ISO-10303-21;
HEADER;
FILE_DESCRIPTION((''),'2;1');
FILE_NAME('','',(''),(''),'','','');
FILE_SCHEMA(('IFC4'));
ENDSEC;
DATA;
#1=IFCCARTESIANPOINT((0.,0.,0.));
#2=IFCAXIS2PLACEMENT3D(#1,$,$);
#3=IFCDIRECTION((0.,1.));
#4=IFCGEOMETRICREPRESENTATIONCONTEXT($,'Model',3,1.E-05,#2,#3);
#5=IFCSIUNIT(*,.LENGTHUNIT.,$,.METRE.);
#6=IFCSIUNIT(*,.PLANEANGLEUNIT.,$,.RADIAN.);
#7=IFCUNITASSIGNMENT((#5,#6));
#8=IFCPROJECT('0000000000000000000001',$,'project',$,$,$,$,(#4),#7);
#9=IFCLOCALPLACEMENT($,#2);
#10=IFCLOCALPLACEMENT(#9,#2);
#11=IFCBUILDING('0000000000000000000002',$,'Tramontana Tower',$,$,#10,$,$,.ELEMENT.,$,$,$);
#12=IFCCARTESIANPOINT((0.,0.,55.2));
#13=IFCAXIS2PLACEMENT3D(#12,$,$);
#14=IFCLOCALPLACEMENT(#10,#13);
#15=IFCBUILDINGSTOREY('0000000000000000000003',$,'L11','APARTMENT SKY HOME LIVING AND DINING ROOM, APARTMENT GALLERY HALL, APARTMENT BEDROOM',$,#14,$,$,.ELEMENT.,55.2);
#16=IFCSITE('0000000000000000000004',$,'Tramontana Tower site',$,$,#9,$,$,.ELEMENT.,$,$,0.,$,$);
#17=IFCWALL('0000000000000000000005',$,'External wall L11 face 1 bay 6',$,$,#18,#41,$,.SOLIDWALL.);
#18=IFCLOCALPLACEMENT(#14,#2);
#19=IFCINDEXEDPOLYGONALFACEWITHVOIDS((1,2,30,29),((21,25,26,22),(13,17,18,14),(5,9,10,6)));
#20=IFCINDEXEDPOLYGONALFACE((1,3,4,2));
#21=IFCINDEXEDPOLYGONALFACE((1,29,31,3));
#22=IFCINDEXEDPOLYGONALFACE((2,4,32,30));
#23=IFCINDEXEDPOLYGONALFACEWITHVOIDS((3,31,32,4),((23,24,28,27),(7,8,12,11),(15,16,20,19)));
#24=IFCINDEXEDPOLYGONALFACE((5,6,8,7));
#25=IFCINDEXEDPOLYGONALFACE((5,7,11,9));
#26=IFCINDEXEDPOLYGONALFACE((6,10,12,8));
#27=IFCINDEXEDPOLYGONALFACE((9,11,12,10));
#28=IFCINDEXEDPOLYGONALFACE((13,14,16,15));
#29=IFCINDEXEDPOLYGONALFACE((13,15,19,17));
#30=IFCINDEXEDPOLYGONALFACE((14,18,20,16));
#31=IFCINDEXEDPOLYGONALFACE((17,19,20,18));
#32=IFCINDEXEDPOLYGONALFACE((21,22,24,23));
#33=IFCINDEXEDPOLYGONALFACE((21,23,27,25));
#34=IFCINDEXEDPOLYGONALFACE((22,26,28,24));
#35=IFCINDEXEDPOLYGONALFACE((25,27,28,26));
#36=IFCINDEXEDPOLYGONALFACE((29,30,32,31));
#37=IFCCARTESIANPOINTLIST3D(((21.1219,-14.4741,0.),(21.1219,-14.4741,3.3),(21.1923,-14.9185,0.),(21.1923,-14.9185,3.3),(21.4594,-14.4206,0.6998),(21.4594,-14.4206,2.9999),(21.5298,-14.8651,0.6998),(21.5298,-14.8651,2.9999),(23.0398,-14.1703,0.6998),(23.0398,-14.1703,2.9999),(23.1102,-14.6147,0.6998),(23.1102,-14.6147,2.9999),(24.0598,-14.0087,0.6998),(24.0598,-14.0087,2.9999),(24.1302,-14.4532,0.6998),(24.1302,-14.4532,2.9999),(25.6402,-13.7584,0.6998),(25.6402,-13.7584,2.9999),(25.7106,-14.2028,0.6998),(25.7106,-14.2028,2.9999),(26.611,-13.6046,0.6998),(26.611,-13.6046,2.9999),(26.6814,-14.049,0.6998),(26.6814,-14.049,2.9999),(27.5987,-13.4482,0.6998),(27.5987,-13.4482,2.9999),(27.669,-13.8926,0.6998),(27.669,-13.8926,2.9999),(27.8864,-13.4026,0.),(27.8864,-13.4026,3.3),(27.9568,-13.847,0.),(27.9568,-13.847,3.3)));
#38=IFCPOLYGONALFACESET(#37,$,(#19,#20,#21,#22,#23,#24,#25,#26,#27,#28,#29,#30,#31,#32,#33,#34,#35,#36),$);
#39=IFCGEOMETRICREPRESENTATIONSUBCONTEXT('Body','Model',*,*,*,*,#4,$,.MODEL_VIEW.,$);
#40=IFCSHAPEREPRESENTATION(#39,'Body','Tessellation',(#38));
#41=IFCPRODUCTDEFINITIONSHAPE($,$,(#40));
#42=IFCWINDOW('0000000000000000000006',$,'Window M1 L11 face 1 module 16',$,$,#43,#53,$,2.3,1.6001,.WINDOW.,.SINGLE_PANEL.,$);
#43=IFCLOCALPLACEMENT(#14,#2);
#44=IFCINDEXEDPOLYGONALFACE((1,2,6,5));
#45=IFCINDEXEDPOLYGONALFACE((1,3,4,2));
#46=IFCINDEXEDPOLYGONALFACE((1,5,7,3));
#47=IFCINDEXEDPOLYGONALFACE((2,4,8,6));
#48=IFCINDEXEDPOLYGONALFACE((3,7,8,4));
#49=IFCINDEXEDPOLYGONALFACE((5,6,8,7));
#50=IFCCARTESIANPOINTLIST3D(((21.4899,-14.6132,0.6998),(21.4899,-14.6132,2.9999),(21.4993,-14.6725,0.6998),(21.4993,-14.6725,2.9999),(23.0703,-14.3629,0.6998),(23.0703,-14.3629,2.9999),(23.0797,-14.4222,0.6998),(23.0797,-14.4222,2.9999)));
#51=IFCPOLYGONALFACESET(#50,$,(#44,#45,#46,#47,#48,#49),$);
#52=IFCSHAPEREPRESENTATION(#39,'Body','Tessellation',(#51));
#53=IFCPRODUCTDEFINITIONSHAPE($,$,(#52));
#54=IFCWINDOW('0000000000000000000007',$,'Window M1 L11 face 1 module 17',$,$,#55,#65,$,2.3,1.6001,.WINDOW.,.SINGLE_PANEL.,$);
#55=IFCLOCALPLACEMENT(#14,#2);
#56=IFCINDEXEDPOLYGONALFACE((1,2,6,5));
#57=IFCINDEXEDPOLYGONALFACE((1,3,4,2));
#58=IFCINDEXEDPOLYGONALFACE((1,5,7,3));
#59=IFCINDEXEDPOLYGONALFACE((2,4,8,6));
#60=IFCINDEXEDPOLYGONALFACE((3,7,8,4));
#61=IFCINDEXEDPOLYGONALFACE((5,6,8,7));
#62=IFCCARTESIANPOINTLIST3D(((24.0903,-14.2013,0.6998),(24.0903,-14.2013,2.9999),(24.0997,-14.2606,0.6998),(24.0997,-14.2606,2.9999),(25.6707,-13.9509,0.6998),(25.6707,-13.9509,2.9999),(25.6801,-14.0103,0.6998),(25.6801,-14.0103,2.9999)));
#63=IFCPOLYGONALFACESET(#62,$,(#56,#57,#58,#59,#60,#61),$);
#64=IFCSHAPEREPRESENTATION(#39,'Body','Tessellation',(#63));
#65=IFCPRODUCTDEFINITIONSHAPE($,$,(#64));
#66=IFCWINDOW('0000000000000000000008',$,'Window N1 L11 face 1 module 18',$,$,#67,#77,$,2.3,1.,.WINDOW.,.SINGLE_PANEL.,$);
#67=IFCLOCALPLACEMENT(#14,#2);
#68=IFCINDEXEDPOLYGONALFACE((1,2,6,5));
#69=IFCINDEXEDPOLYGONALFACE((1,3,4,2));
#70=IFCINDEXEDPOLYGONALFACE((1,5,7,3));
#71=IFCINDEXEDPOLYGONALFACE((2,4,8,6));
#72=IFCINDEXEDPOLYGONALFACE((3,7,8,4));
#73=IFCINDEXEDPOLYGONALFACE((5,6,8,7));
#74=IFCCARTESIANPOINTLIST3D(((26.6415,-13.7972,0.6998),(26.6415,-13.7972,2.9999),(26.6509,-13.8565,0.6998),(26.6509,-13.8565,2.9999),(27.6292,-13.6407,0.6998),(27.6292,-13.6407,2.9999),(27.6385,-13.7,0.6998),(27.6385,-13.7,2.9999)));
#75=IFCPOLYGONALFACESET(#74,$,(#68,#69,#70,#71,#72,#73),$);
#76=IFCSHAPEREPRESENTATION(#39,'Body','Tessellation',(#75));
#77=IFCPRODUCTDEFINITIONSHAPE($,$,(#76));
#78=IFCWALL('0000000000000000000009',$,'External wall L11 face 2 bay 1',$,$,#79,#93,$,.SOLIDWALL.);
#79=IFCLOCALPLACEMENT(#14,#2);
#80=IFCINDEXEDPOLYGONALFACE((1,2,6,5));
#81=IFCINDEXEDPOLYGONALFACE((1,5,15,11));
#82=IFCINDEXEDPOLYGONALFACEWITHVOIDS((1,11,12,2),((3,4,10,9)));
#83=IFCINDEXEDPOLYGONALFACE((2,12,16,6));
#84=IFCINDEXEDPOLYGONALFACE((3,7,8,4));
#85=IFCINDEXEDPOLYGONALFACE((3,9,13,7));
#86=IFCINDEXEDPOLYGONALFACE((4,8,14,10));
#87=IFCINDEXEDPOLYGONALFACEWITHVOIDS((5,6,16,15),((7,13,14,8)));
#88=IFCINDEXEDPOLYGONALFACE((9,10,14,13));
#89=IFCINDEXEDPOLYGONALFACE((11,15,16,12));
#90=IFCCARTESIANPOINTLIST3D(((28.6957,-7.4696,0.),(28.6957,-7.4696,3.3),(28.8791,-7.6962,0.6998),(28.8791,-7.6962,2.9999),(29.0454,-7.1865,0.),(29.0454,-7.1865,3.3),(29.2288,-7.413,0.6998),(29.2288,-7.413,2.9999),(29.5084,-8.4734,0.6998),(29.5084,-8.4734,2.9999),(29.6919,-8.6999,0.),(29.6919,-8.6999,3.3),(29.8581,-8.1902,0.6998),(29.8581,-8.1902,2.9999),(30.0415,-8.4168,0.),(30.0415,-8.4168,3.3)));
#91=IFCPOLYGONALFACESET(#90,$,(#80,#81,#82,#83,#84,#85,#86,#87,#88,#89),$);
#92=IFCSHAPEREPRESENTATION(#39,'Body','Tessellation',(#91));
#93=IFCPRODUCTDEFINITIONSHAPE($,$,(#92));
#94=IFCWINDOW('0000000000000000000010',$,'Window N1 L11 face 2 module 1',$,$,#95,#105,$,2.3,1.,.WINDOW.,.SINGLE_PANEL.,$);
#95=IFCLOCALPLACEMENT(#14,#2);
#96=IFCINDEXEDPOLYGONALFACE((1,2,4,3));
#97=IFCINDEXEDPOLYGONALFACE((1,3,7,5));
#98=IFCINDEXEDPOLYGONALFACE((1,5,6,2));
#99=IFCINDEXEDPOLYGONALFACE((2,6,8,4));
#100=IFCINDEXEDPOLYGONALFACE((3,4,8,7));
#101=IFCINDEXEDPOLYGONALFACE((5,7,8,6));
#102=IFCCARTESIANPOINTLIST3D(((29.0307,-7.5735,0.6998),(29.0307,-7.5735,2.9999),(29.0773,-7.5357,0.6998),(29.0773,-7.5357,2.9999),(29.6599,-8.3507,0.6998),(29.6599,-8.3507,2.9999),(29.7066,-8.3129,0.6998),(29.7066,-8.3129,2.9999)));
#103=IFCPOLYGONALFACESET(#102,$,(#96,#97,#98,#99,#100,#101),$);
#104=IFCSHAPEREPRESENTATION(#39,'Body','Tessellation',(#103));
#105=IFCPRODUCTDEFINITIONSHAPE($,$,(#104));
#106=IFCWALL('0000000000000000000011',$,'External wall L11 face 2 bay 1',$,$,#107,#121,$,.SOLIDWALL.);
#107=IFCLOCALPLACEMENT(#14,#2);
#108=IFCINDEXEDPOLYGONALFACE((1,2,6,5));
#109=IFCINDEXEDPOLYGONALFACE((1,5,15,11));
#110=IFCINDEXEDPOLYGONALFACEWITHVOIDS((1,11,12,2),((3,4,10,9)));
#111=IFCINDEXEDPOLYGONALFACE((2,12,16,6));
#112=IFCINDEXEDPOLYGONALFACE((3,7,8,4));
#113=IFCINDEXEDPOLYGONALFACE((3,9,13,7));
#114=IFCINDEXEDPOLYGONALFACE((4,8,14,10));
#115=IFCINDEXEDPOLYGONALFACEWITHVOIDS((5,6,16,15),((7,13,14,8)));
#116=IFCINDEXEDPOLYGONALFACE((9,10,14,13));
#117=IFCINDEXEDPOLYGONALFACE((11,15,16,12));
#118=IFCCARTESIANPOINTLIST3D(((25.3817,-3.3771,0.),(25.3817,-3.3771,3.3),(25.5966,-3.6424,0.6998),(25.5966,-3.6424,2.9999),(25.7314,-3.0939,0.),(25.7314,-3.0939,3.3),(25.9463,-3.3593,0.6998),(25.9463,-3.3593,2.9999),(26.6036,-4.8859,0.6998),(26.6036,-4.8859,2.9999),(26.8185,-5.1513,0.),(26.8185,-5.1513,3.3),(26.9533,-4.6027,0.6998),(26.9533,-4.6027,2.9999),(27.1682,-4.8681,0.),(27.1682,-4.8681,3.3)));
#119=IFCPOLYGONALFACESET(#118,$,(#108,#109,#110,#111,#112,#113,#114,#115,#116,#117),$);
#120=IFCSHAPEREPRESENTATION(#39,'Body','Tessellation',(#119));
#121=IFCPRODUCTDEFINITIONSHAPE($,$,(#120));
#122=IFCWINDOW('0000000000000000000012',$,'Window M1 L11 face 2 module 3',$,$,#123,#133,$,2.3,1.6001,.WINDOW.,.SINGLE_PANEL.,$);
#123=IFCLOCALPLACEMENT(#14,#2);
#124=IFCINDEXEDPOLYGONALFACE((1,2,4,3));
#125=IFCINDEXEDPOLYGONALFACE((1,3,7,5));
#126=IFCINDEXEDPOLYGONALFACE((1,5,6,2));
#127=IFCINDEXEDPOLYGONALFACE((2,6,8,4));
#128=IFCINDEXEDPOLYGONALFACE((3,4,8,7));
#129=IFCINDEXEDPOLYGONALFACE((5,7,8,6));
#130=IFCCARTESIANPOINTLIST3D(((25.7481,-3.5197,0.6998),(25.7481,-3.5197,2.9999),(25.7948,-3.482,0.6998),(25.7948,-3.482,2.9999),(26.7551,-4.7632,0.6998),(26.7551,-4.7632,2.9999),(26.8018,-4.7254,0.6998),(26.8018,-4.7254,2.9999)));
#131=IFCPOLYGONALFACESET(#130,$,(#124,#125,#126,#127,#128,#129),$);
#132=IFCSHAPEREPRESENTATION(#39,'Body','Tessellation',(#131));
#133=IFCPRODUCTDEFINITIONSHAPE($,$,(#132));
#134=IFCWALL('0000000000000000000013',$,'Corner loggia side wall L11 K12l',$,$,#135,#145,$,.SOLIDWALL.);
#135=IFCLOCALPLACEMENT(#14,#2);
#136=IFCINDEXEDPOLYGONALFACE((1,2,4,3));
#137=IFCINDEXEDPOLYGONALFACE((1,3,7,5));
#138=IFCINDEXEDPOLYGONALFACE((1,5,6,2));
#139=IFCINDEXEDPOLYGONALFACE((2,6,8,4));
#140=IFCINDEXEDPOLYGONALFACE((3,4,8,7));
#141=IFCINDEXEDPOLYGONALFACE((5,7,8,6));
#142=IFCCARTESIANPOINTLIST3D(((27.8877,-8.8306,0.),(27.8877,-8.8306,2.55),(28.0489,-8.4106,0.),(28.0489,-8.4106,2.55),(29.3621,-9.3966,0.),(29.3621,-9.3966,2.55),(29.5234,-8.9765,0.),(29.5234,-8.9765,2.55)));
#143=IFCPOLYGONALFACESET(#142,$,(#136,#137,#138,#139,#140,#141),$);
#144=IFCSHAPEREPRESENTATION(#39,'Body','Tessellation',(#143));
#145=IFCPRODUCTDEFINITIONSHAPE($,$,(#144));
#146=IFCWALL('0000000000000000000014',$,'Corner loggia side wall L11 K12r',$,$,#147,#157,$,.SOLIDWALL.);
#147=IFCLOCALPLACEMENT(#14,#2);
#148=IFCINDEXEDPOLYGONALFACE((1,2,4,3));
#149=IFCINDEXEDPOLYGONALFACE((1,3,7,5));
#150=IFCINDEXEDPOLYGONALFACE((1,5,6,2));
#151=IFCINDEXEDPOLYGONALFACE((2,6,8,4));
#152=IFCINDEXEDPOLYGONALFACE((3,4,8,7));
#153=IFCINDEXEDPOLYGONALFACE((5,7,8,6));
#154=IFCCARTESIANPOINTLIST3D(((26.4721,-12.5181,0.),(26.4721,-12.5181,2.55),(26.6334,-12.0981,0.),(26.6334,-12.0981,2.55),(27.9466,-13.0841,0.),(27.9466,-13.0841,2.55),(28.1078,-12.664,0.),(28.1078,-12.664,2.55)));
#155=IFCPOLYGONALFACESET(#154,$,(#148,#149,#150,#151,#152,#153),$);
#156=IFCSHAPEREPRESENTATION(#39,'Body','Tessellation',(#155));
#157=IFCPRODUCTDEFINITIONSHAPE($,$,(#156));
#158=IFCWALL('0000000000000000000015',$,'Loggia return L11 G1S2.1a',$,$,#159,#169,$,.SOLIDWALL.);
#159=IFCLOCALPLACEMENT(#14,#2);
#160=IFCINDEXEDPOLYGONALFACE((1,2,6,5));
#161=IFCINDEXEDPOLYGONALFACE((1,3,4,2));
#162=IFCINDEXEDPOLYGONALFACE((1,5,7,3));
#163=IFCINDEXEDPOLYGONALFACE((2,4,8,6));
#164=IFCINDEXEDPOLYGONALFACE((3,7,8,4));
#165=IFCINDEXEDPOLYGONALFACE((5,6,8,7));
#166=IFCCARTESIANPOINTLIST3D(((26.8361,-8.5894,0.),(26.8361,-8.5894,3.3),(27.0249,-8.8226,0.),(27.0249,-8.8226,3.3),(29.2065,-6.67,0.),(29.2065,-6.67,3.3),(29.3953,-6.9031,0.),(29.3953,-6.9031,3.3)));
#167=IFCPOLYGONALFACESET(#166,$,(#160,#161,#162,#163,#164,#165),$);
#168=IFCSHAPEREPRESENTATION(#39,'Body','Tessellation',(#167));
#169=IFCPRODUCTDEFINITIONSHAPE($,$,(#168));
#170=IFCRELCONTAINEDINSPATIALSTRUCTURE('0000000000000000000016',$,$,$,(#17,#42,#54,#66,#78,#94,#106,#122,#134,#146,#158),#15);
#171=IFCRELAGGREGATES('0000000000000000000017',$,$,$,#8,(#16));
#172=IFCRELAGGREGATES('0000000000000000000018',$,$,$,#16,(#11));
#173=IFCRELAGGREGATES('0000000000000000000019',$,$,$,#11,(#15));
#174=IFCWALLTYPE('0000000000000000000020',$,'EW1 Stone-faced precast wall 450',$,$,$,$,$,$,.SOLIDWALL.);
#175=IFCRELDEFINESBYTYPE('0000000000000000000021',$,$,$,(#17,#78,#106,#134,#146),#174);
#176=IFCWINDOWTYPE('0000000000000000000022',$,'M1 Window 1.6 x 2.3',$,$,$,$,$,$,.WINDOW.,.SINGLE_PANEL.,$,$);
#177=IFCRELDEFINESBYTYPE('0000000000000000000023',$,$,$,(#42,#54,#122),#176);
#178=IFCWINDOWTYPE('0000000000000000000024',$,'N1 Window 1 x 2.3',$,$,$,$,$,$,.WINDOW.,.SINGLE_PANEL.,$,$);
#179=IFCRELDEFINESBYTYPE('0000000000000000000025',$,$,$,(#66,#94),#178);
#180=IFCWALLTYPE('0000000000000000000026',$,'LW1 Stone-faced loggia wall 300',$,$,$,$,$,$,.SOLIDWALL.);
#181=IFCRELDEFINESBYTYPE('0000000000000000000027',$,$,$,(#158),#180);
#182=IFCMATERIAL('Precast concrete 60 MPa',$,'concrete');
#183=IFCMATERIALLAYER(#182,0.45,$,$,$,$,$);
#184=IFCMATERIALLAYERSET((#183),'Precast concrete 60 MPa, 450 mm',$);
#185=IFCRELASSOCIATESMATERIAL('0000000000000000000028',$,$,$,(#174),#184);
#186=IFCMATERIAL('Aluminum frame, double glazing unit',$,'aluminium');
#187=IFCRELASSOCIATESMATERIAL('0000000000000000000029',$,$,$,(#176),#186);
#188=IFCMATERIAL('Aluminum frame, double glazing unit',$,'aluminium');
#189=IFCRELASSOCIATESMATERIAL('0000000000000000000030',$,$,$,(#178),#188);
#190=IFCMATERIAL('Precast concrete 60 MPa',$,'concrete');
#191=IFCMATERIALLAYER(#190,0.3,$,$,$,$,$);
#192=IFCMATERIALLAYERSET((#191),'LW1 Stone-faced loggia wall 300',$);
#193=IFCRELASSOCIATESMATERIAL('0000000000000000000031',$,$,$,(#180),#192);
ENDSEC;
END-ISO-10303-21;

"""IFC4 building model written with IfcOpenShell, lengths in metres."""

from ifc_helpers import new_model, si_unit, direction, frame, frame_2d, origin, place, context, subcontext, project, spatial, rectangle, extrude, material, layer, layer_set, type_object, element, fill, save


model = new_model("IFC4")

# Units and contexts
model_context = context("Model", 3, precision=1e-05, world=origin(), true_north=direction((0.0, 1.0)))
body_context = subcontext(model_context, "Body", "Model", "MODEL_VIEW")
ifc_project = project(units=[si_unit("LENGTHUNIT", "METRE"), si_unit("PLANEANGLEUNIT", "RADIAN")], contexts=[model_context])

# Site, building, storey
site_placement = place(None, origin())
site = spatial("IfcSite", under=ifc_project, at=site_placement, Name="Tramontana Tower site", CompositionType="ELEMENT", RefElevation=0.0)
building_placement = place(site_placement, origin())
building = spatial("IfcBuilding", under=site, at=building_placement, Name="Tramontana Tower", CompositionType="ELEMENT")
storey_placement = place(building_placement, frame((0.0, 0.0, 55.2)))
storey = spatial("IfcBuildingStorey", under=building, at=storey_placement, Name="L11", Description="APARTMENT SKY HOME LIVING AND DINING ROOM, APARTMENT GALLERY HALL, APARTMENT BEDROOM", CompositionType="ELEMENT", Elevation=55.2)

# Wall, openings, windows
ifc_material_1 = material(Name="Precast concrete 60 MPa", Category="concrete")
ifc_layer_1 = layer(ifc_material_1, 0.45)
ifc_layer_set_1 = layer_set([ifc_layer_1], Name="Precast concrete 60 MPa, 450 mm")
wall_type_1 = type_object("IfcWallType", Name="EW1 Stone-faced precast wall 450", PredefinedType="SOLIDWALL", material=ifc_layer_set_1)
wall_1_placement = place(storey_placement, frame((21.1572, -14.6963, 0.0), z_axis=(0.0, 0.0, 1.0), x_axis=(0.987686, 0.156451, 0.0)))
wall_1 = element("IfcWall", 1, at=wall_1_placement, inside=storey, type_object=wall_type_1, Name="External wall L11 face 1 bay 6", PredefinedType="SOLIDWALL", context=body_context, shape_type="SweptSolid", body=[
    extrude(rectangle(XDim=6.8489, YDim=0.45, at=frame_2d((3.4243, 0.0))), origin(), (0.0, 0.0, 1.0), 3.3),
])
opening_1_placement = place(wall_1_placement, frame((0.3416, 0.0, 0.7)))
opening_1 = element("IfcOpeningElement", 2, at=opening_1_placement, cuts=wall_1, PredefinedType="OPENING", context=body_context, shape_type="SweptSolid", body=[
    extrude(rectangle(XDim=1.6001, YDim=2.3, at=frame_2d((0.8, 1.1499))), frame((0.0, 0.2349, 0.0), z_axis=(0.0, -1.0, 0.0), x_axis=(1.0, 0.0, 0.0)), (0.0, 0.0, 1.0), 0.47),
])
opening_2_placement = place(wall_1_placement, frame((2.9744, 0.0, 0.7)))
opening_2 = element("IfcOpeningElement", 3, at=opening_2_placement, cuts=wall_1, PredefinedType="OPENING", context=body_context, shape_type="SweptSolid", body=[
    extrude(rectangle(XDim=1.6001, YDim=2.3, at=frame_2d((0.8, 1.1499))), frame((0.0, 0.2349, 0.0), z_axis=(0.0, -1.0, 0.0), x_axis=(1.0, 0.0, 0.0)), (0.0, 0.0, 1.0), 0.47),
])
opening_3_placement = place(wall_1_placement, frame((5.5574, 0.0, 0.7)))
opening_3 = element("IfcOpeningElement", 4, at=opening_3_placement, cuts=wall_1, PredefinedType="OPENING", context=body_context, shape_type="SweptSolid", body=[
    extrude(rectangle(XDim=1.0, YDim=2.3, at=frame_2d((0.5, 1.1499))), frame((0.0, 0.2349, 0.0), z_axis=(0.0, -1.0, 0.0), x_axis=(1.0, 0.0, 0.0)), (0.0, 0.0, 1.0), 0.47),
])
ifc_material_2 = material(Name="Aluminum frame, double glazing unit", Category="aluminium")
window_type_1 = type_object("IfcWindowType", Name="M1 Window 1.6 x 2.3", PartitioningType="SINGLE_PANEL", PredefinedType="WINDOW", material=ifc_material_2)
window_1_placement = place(opening_1_placement, origin())
window_1 = element("IfcWindow", 5, at=window_1_placement, inside=storey, type_object=window_type_1, Name="Window M1 L11 face 1 module 16", OverallHeight=2.3, OverallWidth=1.6001, PartitioningType="SINGLE_PANEL", PredefinedType="WINDOW", context=body_context, shape_type="SweptSolid", body=[
    extrude(rectangle(XDim=1.6001, YDim=2.3, at=frame_2d((0.8, 1.1499))), frame((0.0, 0.03, 0.0), z_axis=(0.0, -1.0, 0.0), x_axis=(1.0, 0.0, 0.0)), (0.0, 0.0, 1.0), 0.0601),
])
fill(opening_1, window_1)
window_2_placement = place(opening_2_placement, origin())
window_2 = element("IfcWindow", 6, at=window_2_placement, inside=storey, type_object=window_type_1, Name="Window M1 L11 face 1 module 17", OverallHeight=2.3, OverallWidth=1.6001, PartitioningType="SINGLE_PANEL", PredefinedType="WINDOW", context=body_context, shape_type="SweptSolid", body=[
    extrude(rectangle(XDim=1.6001, YDim=2.3, at=frame_2d((0.8, 1.1499))), frame((0.0, 0.03, 0.0), z_axis=(0.0, -1.0, 0.0), x_axis=(1.0, 0.0, 0.0)), (0.0, 0.0, 1.0), 0.0601),
])
fill(opening_2, window_2)
ifc_material_3 = material(Name="Aluminum frame, double glazing unit", Category="aluminium")
window_type_2 = type_object("IfcWindowType", Name="N1 Window 1 x 2.3", PartitioningType="SINGLE_PANEL", PredefinedType="WINDOW", material=ifc_material_3)
window_3_placement = place(opening_3_placement, origin())
window_3 = element("IfcWindow", 7, at=window_3_placement, inside=storey, type_object=window_type_2, Name="Window N1 L11 face 1 module 18", OverallHeight=2.3, OverallWidth=1.0, PartitioningType="SINGLE_PANEL", PredefinedType="WINDOW", context=body_context, shape_type="SweptSolid", body=[
    extrude(rectangle(XDim=1.0, YDim=2.3, at=frame_2d((0.5, 1.1499))), frame((0.0, 0.03, 0.0), z_axis=(0.0, -1.0, 0.0), x_axis=(1.0, 0.0, 0.0)), (0.0, 0.0, 1.0), 0.0601),
])
fill(opening_3, window_3)

# Walls, openings, windows
wall_2_placement = place(storey_placement, frame((29.8667, -8.5583, 0.0), z_axis=(0.0, 0.0, 1.0), x_axis=(-0.629274, 0.777184, 0.0)))
wall_2 = element("IfcWall", 8, at=wall_2_placement, inside=storey, type_object=wall_type_1, Name="External wall L11 face 2 bay 1", PredefinedType="SOLIDWALL", context=body_context, shape_type="SweptSolid", body=[
    extrude(rectangle(XDim=1.583, YDim=0.45, at=frame_2d((0.7915, 0.0))), origin(), (0.0, 0.0, 1.0), 3.3),
])
opening_4_placement = place(wall_2_placement, frame((0.2915, 0.0, 0.7)))
opening_4 = element("IfcOpeningElement", 9, at=opening_4_placement, cuts=wall_2, PredefinedType="OPENING", context=body_context, shape_type="SweptSolid", body=[
    extrude(rectangle(XDim=1.0, YDim=2.3, at=frame_2d((0.5, 1.1499))), frame((0.0, 0.2349, 0.0), z_axis=(0.0, -1.0, 0.0), x_axis=(1.0, 0.0, 0.0)), (0.0, 0.0, 1.0), 0.47),
])
window_4_placement = place(opening_4_placement, origin())
window_4 = element("IfcWindow", 10, at=window_4_placement, inside=storey, type_object=window_type_2, Name="Window N1 L11 face 2 module 1", OverallHeight=2.3, OverallWidth=1.0, PartitioningType="SINGLE_PANEL", PredefinedType="WINDOW", context=body_context, shape_type="SweptSolid", body=[
    extrude(rectangle(XDim=1.0, YDim=2.3, at=frame_2d((0.5, 1.1499))), frame((0.0, 0.03, 0.0), z_axis=(0.0, -1.0, 0.0), x_axis=(1.0, 0.0, 0.0)), (0.0, 0.0, 1.0), 0.0601),
])
fill(opening_4, window_4)
wall_3_placement = place(storey_placement, frame((26.9934, -5.0098, 0.0), z_axis=(0.0, 0.0, 1.0), x_axis=(-0.62934, 0.77713, 0.0)))
wall_3 = element("IfcWall", 11, at=wall_3_placement, inside=storey, type_object=wall_type_1, Name="External wall L11 face 2 bay 1", PredefinedType="SOLIDWALL", context=body_context, shape_type="SweptSolid", body=[
    extrude(rectangle(XDim=2.283, YDim=0.45, at=frame_2d((1.1416, 0.0))), origin(), (0.0, 0.0, 1.0), 3.3),
])
opening_5_placement = place(wall_3_placement, frame((0.3416, 0.0, 0.7)))
opening_5 = element("IfcOpeningElement", 12, at=opening_5_placement, cuts=wall_3, PredefinedType="OPENING", context=body_context, shape_type="SweptSolid", body=[
    extrude(rectangle(XDim=1.6001, YDim=2.3, at=frame_2d((0.8, 1.1499))), frame((0.0, 0.2349, 0.0), z_axis=(0.0, -1.0, 0.0), x_axis=(1.0, 0.0, 0.0)), (0.0, 0.0, 1.0), 0.47),
])
window_5_placement = place(opening_5_placement, origin())
window_5 = element("IfcWindow", 13, at=window_5_placement, inside=storey, type_object=window_type_1, Name="Window M1 L11 face 2 module 3", OverallHeight=2.3, OverallWidth=1.6001, PartitioningType="SINGLE_PANEL", PredefinedType="WINDOW", context=body_context, shape_type="SweptSolid", body=[
    extrude(rectangle(XDim=1.6001, YDim=2.3, at=frame_2d((0.8, 1.1499))), frame((0.0, 0.03, 0.0), z_axis=(0.0, -1.0, 0.0), x_axis=(1.0, 0.0, 0.0)), (0.0, 0.0, 1.0), 0.0601),
])
fill(opening_5, window_5)

# Walls
for number, where, z_axis, x_axis, name in (
    (14, (29.4426, -9.1865, 0.0), (0.0, 0.0, 1.0), (-0.933588, 0.358347, 0.0), "Corner loggia side wall L11 K12l"),
    (15, (28.0271, -12.874, 0.0), (0.0, 0.0, 1.0), (-0.933588, 0.358347, 0.0), "Corner loggia side wall L11 K12r"),
):
    element("IfcWall", number, at=place(storey_placement, frame(where, z_axis=z_axis, x_axis=x_axis)), inside=storey, type_object=wall_type_1, Name=name, PredefinedType="SOLIDWALL", context=body_context, shape_type="SweptSolid", body=[
        extrude(rectangle(XDim=1.5793, YDim=0.45, at=frame_2d((0.7896, 0.0))), origin(), (0.0, 0.0, 1.0), 2.55),
    ])

# Shared definitions
ifc_material_4 = material(Name="Precast concrete 60 MPa", Category="concrete")
ifc_layer_2 = layer(ifc_material_4, 0.3)
ifc_layer_set_2 = layer_set([ifc_layer_2], Name="LW1 Stone-faced loggia wall 300")
wall_type_2 = type_object("IfcWallType", Name="LW1 Stone-faced loggia wall 300", PredefinedType="SOLIDWALL", material=ifc_layer_set_2)

# Wall
for number, where, z_axis, x_axis, name in (
    (16, (29.3008, -6.7866, 0.0), (0.0, 0.0, 1.0), (-0.777154, -0.629311, 0.0), "Loggia return L11 G1S2.1a"),
):
    element("IfcWall", number, at=place(storey_placement, frame(where, z_axis=z_axis, x_axis=x_axis)), inside=storey, type_object=wall_type_2, Name=name, PredefinedType="SOLIDWALL", context=body_context, shape_type="SweptSolid", body=[
        extrude(rectangle(XDim=3.05, YDim=0.3, at=frame_2d((1.5249, 0.0))), origin(), (0.0, 0.0, 1.0), 3.3),
    ])

save(model, "model.ifc")
